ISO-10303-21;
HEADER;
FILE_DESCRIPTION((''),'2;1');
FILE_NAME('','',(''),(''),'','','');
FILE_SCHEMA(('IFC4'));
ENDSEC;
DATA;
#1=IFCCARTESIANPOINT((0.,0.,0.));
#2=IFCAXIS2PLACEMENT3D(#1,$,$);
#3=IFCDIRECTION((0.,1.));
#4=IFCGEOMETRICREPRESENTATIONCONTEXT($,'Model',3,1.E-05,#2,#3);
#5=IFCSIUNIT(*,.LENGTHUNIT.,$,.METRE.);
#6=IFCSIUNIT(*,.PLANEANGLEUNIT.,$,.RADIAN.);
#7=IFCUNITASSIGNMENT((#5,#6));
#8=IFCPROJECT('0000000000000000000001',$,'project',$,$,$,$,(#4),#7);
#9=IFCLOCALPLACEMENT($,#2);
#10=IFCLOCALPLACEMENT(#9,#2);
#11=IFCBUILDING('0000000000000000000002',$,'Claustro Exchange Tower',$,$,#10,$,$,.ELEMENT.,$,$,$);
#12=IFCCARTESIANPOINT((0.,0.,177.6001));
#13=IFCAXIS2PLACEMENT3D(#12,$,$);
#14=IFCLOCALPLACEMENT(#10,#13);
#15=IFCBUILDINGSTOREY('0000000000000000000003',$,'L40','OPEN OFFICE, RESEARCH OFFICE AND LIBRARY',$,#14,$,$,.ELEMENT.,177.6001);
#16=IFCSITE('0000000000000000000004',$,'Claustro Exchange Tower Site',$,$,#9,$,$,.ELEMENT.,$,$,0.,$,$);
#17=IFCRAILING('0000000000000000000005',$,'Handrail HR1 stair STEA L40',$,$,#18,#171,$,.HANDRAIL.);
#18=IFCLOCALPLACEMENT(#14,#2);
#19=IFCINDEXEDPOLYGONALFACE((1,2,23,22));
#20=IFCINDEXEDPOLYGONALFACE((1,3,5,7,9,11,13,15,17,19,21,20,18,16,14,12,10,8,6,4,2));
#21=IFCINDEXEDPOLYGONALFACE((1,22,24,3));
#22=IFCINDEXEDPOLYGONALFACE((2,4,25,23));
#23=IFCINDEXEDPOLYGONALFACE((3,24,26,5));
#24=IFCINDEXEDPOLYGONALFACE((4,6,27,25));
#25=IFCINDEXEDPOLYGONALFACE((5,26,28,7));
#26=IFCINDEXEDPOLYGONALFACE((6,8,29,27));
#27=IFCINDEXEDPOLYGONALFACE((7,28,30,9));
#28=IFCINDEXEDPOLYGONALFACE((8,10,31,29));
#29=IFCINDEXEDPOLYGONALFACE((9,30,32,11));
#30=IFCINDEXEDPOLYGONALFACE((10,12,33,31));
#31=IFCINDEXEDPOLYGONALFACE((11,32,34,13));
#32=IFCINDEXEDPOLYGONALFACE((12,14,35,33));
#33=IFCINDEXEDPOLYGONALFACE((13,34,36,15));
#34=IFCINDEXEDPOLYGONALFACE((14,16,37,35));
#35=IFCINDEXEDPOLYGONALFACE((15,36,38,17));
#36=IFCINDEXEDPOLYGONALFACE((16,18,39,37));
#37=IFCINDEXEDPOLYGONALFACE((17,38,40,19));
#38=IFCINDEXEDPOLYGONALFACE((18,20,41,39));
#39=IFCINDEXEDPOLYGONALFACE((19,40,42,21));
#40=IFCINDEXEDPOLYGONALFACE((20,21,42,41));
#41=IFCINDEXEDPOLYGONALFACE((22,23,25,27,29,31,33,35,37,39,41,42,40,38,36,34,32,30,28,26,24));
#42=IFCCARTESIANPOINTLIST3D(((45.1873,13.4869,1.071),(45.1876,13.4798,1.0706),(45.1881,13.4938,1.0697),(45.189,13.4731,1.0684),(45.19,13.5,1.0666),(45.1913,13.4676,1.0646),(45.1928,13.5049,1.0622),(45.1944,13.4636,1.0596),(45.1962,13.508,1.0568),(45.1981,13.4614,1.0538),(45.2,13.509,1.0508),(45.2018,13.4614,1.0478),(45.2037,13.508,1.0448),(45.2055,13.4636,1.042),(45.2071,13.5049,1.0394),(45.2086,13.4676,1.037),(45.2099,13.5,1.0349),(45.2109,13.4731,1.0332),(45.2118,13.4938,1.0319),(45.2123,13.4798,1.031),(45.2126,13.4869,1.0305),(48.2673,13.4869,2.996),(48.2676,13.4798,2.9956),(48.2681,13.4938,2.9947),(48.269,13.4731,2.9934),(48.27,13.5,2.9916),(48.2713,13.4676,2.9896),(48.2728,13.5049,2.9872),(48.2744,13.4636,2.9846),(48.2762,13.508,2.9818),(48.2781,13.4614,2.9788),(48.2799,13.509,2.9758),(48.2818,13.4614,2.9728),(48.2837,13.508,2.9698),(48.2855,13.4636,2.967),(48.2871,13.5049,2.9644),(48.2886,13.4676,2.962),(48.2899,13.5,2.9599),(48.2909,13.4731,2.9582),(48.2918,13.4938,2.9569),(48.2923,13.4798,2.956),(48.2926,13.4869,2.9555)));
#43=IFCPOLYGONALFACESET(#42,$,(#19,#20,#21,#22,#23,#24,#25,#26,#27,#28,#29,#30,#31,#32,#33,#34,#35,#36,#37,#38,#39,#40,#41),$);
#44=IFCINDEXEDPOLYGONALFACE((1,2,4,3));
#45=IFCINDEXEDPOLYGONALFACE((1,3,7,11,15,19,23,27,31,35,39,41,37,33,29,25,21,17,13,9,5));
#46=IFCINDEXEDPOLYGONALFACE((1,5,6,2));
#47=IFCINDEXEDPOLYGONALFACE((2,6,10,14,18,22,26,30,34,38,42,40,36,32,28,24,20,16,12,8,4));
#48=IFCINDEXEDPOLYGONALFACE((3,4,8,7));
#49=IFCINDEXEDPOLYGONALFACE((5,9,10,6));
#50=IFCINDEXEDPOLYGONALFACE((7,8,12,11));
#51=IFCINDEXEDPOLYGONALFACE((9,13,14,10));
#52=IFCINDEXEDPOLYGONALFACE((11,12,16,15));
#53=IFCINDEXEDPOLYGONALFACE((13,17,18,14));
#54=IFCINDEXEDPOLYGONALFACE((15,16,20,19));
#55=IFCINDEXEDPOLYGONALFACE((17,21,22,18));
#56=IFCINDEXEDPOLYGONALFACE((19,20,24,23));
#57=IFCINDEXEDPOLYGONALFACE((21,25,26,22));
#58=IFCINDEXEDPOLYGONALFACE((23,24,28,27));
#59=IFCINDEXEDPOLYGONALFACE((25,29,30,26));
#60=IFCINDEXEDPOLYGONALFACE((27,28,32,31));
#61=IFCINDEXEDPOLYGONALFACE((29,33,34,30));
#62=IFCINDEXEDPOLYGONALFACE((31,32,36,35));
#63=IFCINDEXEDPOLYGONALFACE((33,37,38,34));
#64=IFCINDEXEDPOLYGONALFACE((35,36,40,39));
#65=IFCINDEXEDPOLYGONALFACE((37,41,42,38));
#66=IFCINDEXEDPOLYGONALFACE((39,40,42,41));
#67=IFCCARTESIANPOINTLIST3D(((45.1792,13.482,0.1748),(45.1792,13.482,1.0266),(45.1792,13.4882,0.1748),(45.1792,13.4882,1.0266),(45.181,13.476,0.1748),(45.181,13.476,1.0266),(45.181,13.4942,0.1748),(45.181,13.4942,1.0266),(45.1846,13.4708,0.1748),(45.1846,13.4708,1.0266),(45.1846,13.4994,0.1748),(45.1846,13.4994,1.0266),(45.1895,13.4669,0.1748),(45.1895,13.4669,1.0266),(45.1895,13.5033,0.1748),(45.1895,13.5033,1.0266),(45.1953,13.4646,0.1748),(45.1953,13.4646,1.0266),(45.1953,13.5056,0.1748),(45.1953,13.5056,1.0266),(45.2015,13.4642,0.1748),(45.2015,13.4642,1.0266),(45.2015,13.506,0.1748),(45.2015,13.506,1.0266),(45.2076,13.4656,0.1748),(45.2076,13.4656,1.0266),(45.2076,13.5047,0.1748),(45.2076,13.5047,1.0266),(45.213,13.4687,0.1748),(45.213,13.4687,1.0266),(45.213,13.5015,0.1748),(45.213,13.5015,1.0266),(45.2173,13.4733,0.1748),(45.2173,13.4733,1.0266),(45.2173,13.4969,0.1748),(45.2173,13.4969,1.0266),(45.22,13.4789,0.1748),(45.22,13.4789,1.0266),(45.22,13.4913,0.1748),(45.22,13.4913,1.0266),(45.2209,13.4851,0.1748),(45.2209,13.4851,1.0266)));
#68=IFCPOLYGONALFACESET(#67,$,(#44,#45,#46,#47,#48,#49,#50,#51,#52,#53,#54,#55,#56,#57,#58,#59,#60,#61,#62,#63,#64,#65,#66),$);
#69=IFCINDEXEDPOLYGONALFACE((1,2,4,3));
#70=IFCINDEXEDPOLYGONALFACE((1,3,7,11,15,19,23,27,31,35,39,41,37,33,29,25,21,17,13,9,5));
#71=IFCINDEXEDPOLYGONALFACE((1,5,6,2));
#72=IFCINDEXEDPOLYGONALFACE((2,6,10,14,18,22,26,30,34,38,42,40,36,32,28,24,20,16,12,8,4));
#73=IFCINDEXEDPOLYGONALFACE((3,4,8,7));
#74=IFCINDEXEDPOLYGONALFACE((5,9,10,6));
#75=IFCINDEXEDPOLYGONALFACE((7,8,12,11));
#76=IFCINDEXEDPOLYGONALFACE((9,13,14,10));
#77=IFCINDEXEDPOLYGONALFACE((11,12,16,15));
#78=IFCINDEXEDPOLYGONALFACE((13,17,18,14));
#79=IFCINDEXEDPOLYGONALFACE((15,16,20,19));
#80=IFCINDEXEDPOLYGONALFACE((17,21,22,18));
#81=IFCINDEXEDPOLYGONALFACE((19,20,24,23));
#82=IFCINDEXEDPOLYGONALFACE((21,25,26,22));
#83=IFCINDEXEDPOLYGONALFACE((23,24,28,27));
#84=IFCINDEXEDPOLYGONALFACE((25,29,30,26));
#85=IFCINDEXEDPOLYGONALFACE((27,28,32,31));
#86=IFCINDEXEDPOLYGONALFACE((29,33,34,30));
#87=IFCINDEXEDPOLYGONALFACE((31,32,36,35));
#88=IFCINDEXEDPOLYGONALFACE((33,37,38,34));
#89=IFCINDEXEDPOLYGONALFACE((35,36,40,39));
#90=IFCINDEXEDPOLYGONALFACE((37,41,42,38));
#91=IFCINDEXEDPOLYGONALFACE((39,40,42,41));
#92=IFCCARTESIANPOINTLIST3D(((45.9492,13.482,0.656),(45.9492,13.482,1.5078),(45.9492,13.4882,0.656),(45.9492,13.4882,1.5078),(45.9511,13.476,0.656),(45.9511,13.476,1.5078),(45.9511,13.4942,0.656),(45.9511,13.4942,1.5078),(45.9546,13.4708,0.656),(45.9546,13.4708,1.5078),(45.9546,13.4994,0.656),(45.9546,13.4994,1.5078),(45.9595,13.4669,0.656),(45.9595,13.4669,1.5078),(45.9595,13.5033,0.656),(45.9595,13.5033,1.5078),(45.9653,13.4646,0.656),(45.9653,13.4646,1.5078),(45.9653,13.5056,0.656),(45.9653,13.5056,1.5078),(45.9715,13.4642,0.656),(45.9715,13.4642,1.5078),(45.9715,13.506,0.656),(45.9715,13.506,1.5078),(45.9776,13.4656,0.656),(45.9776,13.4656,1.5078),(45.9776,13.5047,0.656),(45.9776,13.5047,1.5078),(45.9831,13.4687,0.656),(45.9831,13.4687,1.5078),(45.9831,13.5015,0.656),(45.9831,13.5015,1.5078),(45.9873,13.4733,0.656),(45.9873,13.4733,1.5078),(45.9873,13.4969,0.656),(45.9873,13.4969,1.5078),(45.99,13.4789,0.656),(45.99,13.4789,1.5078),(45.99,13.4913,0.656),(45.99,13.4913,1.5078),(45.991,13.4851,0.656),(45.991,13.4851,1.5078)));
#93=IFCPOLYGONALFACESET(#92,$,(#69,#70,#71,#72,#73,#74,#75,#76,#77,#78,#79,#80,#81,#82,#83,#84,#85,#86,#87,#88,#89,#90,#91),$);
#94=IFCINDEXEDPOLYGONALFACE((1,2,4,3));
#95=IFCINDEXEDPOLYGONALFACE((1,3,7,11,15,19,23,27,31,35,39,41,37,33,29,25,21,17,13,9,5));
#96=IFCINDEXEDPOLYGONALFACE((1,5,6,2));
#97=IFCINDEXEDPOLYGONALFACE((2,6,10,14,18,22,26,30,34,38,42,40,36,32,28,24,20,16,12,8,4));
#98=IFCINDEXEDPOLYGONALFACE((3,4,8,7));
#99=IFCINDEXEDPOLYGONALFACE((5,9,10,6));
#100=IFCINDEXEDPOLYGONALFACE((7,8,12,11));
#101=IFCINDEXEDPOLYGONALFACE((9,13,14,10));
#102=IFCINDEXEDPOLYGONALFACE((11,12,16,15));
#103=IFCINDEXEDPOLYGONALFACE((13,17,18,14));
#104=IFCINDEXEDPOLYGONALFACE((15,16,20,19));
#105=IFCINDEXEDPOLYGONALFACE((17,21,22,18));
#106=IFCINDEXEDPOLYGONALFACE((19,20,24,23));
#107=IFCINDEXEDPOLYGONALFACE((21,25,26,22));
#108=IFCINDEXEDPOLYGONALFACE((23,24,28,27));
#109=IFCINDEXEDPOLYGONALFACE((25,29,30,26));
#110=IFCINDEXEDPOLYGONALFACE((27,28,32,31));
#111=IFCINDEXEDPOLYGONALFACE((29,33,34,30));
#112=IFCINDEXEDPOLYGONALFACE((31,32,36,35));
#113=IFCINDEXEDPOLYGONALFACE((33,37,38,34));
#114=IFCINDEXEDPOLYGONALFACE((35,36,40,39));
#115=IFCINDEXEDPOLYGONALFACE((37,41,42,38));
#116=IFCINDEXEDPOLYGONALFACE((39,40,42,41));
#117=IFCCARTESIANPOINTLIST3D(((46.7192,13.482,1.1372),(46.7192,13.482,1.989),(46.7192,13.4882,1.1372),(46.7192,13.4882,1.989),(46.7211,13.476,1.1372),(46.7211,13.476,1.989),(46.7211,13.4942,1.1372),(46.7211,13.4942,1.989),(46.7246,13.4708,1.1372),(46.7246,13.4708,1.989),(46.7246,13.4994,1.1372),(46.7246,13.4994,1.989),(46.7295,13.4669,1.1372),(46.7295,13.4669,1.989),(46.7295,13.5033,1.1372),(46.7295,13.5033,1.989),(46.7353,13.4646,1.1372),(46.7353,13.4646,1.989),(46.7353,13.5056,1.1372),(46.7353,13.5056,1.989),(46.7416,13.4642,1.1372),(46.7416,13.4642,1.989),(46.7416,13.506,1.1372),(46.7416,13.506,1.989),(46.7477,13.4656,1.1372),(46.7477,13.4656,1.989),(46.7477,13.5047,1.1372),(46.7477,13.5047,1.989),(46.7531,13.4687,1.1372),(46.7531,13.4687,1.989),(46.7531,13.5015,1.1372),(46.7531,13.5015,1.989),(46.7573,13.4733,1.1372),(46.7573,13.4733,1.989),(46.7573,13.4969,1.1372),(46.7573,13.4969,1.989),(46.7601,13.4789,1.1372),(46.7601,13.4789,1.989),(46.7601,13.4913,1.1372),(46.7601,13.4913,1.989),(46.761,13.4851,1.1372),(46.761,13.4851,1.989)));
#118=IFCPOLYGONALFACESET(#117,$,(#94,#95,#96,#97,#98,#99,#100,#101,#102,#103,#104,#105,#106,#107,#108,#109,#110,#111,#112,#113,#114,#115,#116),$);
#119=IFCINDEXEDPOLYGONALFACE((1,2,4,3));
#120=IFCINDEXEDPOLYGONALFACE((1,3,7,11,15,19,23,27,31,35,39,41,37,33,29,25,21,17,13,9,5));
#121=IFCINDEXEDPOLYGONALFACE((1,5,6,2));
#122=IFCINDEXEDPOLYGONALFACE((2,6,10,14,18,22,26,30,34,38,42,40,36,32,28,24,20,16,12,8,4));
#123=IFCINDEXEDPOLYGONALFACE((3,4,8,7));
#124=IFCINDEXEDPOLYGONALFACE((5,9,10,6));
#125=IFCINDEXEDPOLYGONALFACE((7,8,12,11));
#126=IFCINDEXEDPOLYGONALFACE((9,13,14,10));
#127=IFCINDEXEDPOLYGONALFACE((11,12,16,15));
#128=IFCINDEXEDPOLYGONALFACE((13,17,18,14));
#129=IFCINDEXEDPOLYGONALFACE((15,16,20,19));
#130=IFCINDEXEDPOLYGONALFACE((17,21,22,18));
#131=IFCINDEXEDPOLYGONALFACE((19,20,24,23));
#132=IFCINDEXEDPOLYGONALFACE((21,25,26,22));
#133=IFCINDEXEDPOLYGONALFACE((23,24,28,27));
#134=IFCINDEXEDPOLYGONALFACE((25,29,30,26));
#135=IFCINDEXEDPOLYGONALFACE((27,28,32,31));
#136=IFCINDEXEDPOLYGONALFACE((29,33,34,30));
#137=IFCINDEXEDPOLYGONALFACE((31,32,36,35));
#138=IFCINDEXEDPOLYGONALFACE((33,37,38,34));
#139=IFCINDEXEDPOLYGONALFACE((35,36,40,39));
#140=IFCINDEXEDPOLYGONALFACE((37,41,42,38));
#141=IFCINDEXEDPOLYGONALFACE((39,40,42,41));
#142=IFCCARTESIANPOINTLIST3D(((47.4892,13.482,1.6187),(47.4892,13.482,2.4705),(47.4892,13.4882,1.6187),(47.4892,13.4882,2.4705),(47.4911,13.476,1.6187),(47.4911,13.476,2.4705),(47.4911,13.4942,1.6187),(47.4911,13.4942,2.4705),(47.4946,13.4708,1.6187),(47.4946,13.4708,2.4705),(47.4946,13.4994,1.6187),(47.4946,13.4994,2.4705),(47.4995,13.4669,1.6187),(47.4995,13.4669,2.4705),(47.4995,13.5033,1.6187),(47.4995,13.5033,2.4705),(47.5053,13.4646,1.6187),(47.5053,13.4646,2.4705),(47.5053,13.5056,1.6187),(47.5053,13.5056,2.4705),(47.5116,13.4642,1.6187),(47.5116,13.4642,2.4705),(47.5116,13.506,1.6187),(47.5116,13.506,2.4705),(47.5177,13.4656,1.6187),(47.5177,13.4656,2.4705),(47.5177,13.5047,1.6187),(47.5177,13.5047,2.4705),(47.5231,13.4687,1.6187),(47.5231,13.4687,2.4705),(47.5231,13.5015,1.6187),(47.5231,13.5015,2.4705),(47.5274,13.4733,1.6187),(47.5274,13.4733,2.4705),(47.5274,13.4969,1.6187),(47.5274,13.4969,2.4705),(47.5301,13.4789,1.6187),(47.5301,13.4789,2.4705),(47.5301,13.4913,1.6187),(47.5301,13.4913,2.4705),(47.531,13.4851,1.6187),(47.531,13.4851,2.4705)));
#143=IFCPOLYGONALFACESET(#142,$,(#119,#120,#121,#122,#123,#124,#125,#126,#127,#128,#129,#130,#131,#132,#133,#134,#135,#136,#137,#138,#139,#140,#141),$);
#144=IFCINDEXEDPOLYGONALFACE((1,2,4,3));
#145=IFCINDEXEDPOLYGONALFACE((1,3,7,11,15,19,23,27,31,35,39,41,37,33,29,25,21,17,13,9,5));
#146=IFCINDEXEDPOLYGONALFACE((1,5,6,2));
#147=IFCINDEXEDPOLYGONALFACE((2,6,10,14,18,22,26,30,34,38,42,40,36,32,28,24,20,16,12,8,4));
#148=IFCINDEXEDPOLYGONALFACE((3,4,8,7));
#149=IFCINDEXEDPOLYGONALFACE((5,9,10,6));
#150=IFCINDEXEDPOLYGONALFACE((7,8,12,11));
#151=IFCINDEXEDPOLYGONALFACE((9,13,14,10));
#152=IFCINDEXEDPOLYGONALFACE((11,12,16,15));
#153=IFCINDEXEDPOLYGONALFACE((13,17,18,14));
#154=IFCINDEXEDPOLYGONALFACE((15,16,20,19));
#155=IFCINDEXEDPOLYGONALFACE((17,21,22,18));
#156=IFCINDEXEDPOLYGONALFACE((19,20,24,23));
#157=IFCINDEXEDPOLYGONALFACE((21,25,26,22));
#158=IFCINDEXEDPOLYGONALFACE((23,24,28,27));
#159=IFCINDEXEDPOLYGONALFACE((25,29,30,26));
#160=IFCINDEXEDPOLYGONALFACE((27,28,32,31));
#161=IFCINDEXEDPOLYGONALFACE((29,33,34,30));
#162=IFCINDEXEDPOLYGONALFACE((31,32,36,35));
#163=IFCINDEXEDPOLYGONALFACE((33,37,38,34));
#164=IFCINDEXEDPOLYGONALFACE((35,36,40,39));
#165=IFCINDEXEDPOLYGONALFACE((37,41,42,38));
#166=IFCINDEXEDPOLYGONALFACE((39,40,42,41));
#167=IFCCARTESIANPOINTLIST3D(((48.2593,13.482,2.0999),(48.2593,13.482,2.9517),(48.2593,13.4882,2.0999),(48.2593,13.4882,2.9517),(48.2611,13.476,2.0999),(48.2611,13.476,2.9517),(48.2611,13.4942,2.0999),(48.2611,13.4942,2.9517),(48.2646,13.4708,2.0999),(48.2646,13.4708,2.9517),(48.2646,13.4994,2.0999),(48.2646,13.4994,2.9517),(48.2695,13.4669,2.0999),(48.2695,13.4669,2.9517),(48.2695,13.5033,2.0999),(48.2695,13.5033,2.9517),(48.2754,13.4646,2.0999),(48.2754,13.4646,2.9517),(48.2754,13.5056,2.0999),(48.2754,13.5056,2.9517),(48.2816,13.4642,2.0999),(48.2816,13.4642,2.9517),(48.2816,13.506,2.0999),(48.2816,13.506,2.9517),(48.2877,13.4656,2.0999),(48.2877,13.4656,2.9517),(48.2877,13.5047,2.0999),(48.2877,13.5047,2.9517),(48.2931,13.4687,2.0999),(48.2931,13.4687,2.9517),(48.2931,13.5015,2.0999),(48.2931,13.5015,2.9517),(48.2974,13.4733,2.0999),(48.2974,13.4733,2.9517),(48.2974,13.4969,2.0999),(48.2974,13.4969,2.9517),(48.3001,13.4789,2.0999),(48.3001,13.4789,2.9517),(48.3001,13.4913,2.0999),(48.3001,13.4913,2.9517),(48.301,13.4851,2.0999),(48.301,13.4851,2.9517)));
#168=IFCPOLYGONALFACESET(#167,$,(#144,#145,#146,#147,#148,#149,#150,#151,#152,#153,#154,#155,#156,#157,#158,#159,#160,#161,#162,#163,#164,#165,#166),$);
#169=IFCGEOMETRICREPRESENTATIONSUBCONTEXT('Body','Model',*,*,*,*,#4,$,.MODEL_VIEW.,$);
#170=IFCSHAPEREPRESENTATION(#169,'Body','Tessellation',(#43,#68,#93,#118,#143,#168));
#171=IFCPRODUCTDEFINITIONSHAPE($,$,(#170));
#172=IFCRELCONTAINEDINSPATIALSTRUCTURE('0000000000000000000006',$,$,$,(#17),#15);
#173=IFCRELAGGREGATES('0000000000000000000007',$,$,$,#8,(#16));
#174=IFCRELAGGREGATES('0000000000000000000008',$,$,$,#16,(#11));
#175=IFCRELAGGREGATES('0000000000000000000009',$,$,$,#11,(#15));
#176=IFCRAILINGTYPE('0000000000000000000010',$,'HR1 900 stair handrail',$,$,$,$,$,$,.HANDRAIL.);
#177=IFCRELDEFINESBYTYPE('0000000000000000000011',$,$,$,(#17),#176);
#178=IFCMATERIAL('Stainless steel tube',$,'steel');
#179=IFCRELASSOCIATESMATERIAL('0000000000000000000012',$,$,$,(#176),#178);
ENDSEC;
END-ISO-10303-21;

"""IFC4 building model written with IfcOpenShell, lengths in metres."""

from ifc_helpers import new_model, si_unit, direction, frame, origin, origin_2d, place, context, subcontext, project, spatial, circle, extrude, material, type_object, element, save


model = new_model("IFC4")

# Units and contexts
model_context = context("Model", 3, precision=1e-05, world=origin(), true_north=direction((0.0, 1.0)))
body_context = subcontext(model_context, "Body", "Model", "MODEL_VIEW")
ifc_project = project(units=[si_unit("LENGTHUNIT", "METRE"), si_unit("PLANEANGLEUNIT", "RADIAN")], contexts=[model_context])

# Site, building, storey
site_placement = place(None, origin())
site = spatial("IfcSite", under=ifc_project, at=site_placement, Name="Claustro Exchange Tower Site", CompositionType="ELEMENT", RefElevation=0.0)
building_placement = place(site_placement, origin())
building = spatial("IfcBuilding", under=site, at=building_placement, Name="Claustro Exchange Tower", CompositionType="ELEMENT")
storey_placement = place(building_placement, frame((0.0, 0.0, 177.6001)))
storey = spatial("IfcBuildingStorey", under=building, at=storey_placement, Name="L40", Description="OPEN OFFICE, RESEARCH OFFICE AND LIBRARY", CompositionType="ELEMENT", Elevation=177.6001)

# Railing
ifc_material_1 = material(Name="Stainless steel tube", Category="steel")
railing_type_1 = type_object("IfcRailingType", Name="HR1 900 stair handrail", PredefinedType="HANDRAIL", material=ifc_material_1)
railing_1_placement = place(storey_placement, frame((45.2, 13.4851, 0.1748)))
element("IfcRailing", 1, at=railing_1_placement, inside=storey, type_object=railing_type_1, Name="Handrail HR1 stair STEA L40", PredefinedType="HANDRAIL", context=body_context, shape_type="SweptSolid", body=[
    extrude(circle(Radius=0.0239, at=origin_2d()), frame((0.0, 0.0, 0.876), z_axis=(0.847998, 0.0, 0.529999), x_axis=(0.0, 1.0, 0.0)), (0.0, 0.0, 1.0), 3.6321),
    extrude(circle(Radius=0.021, at=origin_2d()), origin(), (0.0, 0.0, 1.0), 0.8518),
    extrude(circle(Radius=0.021, at=origin_2d()), frame((0.77, 0.0, 0.4812)), (0.0, 0.0, 1.0), 0.8518),
    extrude(circle(Radius=0.021, at=origin_2d()), frame((1.54, 0.0, 0.9624)), (0.0, 0.0, 1.0), 0.8518),
    extrude(circle(Radius=0.021, at=origin_2d()), frame((2.3101, 0.0, 1.4438)), (0.0, 0.0, 1.0), 0.8518),
    extrude(circle(Radius=0.021, at=origin_2d()), frame((3.0801, 0.0, 1.925)), (0.0, 0.0, 1.0), 0.8518),
])

save(model, "model.ifc")
